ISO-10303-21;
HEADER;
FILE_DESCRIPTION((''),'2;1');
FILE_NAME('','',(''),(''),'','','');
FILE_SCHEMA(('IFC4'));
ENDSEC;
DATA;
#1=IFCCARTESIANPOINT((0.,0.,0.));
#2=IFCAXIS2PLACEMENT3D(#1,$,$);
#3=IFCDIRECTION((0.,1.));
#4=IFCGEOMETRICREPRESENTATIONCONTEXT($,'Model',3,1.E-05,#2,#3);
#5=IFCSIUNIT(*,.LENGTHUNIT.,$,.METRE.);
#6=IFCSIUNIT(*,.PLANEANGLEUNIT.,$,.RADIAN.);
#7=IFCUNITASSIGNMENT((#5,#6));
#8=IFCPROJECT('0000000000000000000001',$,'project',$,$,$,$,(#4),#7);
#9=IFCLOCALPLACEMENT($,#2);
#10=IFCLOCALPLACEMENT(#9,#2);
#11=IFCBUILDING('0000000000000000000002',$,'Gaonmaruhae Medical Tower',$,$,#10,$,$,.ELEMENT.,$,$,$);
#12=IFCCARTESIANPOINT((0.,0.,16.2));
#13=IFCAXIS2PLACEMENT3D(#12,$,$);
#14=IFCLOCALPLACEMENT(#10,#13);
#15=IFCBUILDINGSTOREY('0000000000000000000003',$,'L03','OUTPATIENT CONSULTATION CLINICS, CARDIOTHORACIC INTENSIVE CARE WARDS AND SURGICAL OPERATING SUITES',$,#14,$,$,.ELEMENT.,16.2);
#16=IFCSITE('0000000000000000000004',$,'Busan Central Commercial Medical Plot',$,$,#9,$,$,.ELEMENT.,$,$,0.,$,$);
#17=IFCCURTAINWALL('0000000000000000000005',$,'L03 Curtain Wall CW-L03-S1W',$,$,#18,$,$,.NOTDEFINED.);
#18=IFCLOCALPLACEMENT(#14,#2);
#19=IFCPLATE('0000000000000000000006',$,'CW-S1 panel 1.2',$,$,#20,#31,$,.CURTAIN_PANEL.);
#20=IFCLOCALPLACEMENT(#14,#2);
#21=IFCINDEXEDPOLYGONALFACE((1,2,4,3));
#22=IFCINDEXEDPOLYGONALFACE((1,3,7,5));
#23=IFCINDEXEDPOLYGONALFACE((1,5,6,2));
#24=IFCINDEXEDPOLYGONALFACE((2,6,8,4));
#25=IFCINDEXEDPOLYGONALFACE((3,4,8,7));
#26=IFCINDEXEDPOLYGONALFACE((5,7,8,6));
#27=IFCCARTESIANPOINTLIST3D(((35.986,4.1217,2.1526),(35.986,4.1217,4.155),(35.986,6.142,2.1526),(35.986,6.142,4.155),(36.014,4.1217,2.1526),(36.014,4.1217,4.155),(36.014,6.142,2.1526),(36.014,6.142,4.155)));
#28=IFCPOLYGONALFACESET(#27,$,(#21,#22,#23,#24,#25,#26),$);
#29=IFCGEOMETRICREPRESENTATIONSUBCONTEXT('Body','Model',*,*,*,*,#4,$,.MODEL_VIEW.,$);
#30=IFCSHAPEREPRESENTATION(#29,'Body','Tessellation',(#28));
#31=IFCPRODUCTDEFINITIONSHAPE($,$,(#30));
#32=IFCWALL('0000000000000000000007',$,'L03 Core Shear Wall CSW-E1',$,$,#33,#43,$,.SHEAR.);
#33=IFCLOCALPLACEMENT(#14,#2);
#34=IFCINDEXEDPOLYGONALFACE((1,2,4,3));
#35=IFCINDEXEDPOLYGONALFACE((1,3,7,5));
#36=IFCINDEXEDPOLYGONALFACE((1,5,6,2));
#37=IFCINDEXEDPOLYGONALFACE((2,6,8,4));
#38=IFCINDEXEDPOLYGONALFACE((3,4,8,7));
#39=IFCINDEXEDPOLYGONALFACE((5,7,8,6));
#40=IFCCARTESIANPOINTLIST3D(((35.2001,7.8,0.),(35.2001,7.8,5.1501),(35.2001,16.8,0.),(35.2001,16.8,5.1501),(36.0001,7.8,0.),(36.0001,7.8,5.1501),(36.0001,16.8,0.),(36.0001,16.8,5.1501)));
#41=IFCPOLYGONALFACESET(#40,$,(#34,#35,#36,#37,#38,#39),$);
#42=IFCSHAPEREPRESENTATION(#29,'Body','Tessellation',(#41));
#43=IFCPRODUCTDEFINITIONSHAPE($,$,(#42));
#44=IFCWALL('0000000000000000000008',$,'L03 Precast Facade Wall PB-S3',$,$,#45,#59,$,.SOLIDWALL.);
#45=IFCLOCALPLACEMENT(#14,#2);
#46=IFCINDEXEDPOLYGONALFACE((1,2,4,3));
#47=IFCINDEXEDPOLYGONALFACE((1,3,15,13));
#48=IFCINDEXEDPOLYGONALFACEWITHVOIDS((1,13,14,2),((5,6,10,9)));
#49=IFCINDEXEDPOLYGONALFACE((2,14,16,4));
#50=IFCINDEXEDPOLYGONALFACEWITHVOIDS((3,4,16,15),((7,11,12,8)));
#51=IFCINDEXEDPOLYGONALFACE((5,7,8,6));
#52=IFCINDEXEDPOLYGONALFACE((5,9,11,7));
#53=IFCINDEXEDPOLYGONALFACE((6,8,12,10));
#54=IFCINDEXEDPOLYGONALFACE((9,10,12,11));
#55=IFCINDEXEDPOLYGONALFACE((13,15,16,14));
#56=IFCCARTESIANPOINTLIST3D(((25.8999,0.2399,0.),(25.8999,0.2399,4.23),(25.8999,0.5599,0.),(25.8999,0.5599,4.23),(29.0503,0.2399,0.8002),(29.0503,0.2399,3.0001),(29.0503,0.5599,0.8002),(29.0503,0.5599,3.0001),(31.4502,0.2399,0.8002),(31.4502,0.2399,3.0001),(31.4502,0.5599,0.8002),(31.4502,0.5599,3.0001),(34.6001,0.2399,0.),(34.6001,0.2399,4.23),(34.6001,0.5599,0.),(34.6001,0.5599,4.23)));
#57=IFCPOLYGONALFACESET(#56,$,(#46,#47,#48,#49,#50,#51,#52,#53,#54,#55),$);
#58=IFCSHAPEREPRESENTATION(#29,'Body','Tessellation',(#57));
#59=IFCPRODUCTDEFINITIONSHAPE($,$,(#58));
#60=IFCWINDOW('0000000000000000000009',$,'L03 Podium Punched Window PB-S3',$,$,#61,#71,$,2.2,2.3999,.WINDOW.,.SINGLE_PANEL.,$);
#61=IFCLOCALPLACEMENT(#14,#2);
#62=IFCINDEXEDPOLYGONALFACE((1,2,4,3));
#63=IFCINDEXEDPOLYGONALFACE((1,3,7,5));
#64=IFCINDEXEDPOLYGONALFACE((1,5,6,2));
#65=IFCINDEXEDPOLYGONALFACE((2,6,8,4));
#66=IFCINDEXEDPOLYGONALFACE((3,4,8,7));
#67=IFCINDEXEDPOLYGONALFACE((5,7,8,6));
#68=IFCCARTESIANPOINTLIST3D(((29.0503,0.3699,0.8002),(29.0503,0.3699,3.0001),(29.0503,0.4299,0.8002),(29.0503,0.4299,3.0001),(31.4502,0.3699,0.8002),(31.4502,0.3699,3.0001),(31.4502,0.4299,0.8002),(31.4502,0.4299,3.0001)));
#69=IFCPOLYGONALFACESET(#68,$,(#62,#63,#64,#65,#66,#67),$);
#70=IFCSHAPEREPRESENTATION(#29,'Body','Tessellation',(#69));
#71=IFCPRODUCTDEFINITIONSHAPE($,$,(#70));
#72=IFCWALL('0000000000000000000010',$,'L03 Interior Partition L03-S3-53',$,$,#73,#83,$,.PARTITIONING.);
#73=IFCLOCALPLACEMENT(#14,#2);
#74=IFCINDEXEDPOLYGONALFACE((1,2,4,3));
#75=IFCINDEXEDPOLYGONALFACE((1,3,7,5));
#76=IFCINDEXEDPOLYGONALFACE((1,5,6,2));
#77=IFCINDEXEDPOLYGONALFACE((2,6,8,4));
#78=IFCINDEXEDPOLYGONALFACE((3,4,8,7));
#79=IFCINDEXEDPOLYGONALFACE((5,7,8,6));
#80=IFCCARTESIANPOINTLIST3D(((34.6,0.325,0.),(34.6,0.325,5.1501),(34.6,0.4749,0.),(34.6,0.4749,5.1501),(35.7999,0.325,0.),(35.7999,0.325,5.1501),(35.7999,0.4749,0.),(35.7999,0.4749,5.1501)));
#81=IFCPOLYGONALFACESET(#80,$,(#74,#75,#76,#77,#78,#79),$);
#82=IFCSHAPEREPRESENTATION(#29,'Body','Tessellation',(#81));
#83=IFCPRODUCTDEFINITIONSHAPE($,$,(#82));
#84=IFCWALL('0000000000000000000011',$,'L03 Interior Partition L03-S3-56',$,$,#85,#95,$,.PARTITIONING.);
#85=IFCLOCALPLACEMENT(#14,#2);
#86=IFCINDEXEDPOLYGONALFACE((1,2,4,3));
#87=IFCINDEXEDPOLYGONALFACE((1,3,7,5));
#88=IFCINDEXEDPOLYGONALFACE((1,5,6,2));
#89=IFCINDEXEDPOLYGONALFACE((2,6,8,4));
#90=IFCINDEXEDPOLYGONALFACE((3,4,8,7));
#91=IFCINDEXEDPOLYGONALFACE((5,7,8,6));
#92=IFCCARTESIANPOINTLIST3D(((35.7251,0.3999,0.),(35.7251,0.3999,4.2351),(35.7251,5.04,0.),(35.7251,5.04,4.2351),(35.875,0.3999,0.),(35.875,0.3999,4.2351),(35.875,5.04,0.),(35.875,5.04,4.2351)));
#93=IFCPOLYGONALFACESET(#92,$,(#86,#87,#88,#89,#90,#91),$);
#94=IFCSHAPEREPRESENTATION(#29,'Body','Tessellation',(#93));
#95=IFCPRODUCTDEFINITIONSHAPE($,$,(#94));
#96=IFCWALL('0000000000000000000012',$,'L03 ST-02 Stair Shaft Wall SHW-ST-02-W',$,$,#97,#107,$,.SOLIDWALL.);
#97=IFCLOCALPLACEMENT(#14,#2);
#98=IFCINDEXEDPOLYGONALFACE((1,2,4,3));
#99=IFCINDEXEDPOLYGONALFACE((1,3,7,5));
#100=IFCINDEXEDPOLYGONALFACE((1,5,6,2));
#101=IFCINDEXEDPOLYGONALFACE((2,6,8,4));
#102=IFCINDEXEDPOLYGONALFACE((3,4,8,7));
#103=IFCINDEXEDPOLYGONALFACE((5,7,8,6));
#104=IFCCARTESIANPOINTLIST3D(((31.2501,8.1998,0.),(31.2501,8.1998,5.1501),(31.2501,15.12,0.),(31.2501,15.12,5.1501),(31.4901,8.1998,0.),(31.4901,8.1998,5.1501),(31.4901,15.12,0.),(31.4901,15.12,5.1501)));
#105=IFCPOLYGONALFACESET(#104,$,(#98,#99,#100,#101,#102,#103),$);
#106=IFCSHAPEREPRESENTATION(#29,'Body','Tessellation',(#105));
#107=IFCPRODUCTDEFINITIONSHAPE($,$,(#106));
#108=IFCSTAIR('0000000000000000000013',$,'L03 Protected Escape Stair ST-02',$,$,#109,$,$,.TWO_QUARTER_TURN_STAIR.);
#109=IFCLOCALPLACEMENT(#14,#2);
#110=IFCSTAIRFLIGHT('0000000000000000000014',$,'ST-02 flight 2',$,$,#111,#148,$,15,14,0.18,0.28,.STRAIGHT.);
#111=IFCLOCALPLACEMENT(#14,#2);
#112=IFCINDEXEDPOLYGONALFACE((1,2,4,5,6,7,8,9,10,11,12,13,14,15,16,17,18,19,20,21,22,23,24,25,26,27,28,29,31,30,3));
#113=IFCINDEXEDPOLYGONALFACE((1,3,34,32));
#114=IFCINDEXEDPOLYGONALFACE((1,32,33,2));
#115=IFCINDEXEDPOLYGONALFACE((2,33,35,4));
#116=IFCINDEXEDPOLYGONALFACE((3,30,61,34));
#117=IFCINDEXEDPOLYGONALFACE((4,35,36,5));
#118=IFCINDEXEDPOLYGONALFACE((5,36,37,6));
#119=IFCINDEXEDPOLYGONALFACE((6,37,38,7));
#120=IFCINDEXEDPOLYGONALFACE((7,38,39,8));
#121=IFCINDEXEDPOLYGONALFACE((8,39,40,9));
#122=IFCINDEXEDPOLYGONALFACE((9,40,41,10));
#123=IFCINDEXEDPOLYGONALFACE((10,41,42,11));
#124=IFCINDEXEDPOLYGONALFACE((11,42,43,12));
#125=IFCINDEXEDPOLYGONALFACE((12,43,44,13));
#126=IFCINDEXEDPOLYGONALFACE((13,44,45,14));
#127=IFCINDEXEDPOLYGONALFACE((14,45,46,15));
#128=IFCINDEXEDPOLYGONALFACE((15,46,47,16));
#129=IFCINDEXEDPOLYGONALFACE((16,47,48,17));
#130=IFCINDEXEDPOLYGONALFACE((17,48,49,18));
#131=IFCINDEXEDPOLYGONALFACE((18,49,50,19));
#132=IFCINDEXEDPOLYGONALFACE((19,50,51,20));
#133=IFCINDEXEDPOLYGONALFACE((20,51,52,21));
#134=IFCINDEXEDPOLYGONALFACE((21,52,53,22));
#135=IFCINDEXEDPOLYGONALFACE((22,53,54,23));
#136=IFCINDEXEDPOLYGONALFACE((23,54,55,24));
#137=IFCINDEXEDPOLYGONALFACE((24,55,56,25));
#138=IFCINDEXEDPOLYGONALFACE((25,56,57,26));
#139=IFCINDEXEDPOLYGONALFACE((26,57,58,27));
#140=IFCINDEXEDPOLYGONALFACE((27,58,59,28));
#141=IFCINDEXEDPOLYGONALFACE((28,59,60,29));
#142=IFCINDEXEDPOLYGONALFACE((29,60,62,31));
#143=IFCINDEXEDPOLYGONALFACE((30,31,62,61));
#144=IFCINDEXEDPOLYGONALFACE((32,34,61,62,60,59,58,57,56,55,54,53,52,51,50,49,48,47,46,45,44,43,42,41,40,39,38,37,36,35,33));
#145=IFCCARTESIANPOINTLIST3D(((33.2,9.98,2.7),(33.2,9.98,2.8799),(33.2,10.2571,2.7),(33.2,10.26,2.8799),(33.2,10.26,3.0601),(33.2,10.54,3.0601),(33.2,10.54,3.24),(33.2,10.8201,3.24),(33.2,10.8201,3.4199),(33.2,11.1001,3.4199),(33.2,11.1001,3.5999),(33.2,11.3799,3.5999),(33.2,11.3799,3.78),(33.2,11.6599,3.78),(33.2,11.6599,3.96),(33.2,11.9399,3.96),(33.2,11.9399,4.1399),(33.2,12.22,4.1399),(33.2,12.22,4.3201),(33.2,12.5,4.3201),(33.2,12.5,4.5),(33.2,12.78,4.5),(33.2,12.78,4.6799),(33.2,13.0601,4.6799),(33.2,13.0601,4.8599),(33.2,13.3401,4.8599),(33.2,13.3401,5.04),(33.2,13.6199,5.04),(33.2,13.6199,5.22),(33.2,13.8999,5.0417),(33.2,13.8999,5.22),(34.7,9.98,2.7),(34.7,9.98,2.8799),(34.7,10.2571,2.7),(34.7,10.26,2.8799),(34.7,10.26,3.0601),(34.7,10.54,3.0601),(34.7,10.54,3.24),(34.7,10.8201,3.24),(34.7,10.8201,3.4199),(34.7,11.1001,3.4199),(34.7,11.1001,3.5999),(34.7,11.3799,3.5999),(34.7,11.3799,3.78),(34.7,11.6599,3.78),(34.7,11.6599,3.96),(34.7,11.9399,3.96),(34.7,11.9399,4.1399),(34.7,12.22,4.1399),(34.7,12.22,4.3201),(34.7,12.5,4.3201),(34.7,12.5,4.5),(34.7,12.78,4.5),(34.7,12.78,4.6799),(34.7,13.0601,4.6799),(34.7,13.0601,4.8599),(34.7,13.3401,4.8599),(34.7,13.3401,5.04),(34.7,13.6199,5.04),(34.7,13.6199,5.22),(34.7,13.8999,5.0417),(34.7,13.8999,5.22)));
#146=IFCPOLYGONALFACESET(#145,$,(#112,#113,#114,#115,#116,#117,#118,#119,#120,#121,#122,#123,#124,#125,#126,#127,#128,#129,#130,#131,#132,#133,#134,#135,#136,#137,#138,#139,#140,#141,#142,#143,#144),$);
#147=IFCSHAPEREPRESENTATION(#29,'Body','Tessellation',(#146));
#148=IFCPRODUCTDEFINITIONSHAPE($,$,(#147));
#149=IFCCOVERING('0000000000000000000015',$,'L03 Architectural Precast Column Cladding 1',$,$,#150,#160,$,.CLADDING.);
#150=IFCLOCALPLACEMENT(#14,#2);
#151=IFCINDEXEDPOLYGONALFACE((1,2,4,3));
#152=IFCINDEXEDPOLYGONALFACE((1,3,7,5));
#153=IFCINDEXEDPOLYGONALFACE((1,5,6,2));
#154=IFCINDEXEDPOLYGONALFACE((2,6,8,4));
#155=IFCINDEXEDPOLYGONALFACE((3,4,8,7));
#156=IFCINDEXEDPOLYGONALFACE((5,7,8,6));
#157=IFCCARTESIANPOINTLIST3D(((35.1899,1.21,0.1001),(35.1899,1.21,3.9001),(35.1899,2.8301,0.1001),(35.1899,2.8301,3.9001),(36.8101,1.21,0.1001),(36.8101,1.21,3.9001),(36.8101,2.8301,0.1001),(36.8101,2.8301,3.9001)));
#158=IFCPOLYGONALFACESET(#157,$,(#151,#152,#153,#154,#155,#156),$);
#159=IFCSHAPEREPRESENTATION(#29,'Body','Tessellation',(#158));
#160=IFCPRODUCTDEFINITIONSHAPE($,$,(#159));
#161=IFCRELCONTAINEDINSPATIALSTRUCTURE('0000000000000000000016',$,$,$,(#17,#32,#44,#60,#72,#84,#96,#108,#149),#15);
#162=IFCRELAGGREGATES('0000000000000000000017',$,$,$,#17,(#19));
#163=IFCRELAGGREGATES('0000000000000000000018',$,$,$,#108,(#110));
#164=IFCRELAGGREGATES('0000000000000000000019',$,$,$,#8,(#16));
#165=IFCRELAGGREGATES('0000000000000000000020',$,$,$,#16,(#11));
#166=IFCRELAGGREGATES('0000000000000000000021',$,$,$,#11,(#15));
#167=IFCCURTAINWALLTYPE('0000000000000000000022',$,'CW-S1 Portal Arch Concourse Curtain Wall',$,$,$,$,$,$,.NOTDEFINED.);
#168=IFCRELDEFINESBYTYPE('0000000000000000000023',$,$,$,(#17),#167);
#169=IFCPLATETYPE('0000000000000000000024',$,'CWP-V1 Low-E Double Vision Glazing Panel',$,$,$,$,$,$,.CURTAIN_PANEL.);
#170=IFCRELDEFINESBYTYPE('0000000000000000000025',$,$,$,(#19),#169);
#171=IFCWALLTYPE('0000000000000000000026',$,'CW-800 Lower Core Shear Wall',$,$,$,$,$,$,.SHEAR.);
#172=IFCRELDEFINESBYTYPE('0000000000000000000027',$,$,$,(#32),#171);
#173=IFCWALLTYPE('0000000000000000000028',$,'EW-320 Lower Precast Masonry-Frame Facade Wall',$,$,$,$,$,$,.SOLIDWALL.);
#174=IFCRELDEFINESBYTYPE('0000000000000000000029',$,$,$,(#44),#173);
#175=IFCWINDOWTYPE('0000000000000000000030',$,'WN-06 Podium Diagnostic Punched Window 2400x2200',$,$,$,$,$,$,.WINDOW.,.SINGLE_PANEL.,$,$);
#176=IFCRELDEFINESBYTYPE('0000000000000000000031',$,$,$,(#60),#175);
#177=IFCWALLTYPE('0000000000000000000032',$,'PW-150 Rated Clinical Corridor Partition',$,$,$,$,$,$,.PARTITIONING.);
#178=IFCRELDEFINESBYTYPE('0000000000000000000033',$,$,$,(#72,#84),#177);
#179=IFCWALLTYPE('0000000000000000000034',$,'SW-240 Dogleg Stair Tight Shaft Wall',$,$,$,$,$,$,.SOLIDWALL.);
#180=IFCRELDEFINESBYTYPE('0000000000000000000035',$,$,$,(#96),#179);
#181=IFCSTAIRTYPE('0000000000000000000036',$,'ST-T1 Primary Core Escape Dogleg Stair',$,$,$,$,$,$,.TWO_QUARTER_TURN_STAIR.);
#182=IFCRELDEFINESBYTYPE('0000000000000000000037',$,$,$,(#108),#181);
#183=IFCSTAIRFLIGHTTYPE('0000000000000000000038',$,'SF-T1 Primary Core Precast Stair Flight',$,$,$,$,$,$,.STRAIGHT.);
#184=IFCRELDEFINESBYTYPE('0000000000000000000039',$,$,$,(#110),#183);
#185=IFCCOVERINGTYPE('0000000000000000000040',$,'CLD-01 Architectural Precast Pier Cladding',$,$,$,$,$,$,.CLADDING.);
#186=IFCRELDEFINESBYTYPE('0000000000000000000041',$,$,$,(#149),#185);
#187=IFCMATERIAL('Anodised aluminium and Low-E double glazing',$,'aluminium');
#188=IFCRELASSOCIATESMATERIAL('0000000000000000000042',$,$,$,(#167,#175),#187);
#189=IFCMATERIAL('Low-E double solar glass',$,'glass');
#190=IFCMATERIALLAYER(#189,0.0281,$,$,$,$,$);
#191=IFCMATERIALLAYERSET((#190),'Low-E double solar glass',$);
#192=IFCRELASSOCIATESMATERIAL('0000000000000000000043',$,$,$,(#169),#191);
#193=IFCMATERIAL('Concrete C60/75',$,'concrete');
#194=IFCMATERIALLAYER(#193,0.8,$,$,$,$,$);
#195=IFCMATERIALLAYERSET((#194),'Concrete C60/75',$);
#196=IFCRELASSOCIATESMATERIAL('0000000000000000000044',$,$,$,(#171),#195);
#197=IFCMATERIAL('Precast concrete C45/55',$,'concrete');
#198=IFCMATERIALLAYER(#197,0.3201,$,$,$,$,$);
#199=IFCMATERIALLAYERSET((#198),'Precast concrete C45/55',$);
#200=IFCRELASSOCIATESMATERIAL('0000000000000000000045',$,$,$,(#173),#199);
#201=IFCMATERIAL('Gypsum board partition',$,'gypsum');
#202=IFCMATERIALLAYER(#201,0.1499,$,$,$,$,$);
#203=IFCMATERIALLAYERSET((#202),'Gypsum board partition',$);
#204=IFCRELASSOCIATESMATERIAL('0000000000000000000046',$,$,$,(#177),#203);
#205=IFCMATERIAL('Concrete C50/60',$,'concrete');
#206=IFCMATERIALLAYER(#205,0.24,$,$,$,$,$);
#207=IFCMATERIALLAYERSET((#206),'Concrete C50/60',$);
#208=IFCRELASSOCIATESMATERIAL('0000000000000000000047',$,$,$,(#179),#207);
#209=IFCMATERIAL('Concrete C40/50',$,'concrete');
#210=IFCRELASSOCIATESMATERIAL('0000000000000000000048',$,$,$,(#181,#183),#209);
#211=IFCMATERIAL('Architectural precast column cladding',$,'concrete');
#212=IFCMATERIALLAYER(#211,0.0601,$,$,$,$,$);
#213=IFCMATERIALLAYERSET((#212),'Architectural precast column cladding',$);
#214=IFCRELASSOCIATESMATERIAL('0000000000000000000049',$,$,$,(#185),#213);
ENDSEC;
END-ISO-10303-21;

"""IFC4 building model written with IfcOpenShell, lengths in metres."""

from ifc_helpers import new_model, si_unit, direction, frame, frame_2d, origin, origin_2d, place, context, subcontext, project, spatial, polyline, rectangle, outline, extrude, material, layer, layer_set, type_object, element, fill, aggregate, save


model = new_model("IFC4")

# Units and contexts
model_context = context("Model", 3, precision=1e-05, world=origin(), true_north=direction((0.0, 1.0)))
body_context = subcontext(model_context, "Body", "Model", "MODEL_VIEW")
ifc_project = project(units=[si_unit("LENGTHUNIT", "METRE"), si_unit("PLANEANGLEUNIT", "RADIAN")], contexts=[model_context])

# Site, building, storey
site_placement = place(None, origin())
site = spatial("IfcSite", under=ifc_project, at=site_placement, Name="Busan Central Commercial Medical Plot", CompositionType="ELEMENT", RefElevation=0.0)
building_placement = place(site_placement, origin())
building = spatial("IfcBuilding", under=site, at=building_placement, Name="Gaonmaruhae Medical Tower", CompositionType="ELEMENT")
storey_placement = place(building_placement, frame((0.0, 0.0, 16.2)))
storey = spatial("IfcBuildingStorey", under=building, at=storey_placement, Name="L03", Description="OUTPATIENT CONSULTATION CLINICS, CARDIOTHORACIC INTENSIVE CARE WARDS AND SURGICAL OPERATING SUITES", CompositionType="ELEMENT", Elevation=16.2)

# Shared definitions
ifc_material_1 = material(Name="Concrete C60/75", Category="concrete")
ifc_material_2 = material(Name="Concrete C50/60", Category="concrete")

# Curtain wall
ifc_material_3 = material(Name="Anodised aluminium and Low-E double glazing", Category="aluminium")
curtain_wall_type = type_object("IfcCurtainWallType", Name="CW-S1 Portal Arch Concourse Curtain Wall", PredefinedType="NOTDEFINED", material=ifc_material_3)
curtain_wall_placement = place(storey_placement, origin())
curtain_wall = element("IfcCurtainWall", 1, at=curtain_wall_placement, inside=storey, type_object=curtain_wall_type, Name="L03 Curtain Wall CW-L03-S1W", PredefinedType="NOTDEFINED")

# Plate
ifc_material_4 = material(Name="Low-E double solar glass", Category="glass")
ifc_layer_1 = layer(ifc_material_4, 0.0281)
ifc_layer_set_1 = layer_set([ifc_layer_1], Name="Low-E double solar glass")
plate_type = type_object("IfcPlateType", Name="CWP-V1 Low-E Double Vision Glazing Panel", PredefinedType="CURTAIN_PANEL", material=ifc_layer_set_1)
plate_1_placement = place(storey_placement, frame((36.0, 5.1318, 2.1526), z_axis=(0.0, 0.0, 1.0), x_axis=(0.0, 1.0, 0.0)))
plate_1 = element("IfcPlate", 2, at=plate_1_placement, type_object=plate_type, Name="CW-S1 panel 1.2", PredefinedType="CURTAIN_PANEL", context=body_context, shape_type="SweptSolid", body=[
    extrude(rectangle(XDim=2.0203, YDim=0.0281, at=origin_2d()), origin(), (0.0, 0.0, 1.0), 2.0024),
])
aggregate(curtain_wall, [plate_1])

# Wall
ifc_layer_2 = layer(ifc_material_1, 0.8)
ifc_layer_set_2 = layer_set([ifc_layer_2], Name="Concrete C60/75")
wall_type_1 = type_object("IfcWallType", Name="CW-800 Lower Core Shear Wall", PredefinedType="SHEAR", material=ifc_layer_set_2)
wall_1_placement = place(storey_placement, frame((35.6001, 7.8, 0.0), z_axis=(0.0, 0.0, 1.0), x_axis=(0.0, 1.0, 0.0)))
element("IfcWall", 3, at=wall_1_placement, inside=storey, type_object=wall_type_1, Name="L03 Core Shear Wall CSW-E1", PredefinedType="SHEAR", context=body_context, shape_type="SweptSolid", body=[
    extrude(rectangle(XDim=9.0, YDim=0.8, at=frame_2d((4.5, 0.0))), origin(), (0.0, 0.0, 1.0), 5.1501),
])

# Wall, opening, window
ifc_material_5 = material(Name="Precast concrete C45/55", Category="concrete")
ifc_layer_3 = layer(ifc_material_5, 0.3201)
ifc_layer_set_3 = layer_set([ifc_layer_3], Name="Precast concrete C45/55")
wall_type_2 = type_object("IfcWallType", Name="EW-320 Lower Precast Masonry-Frame Facade Wall", PredefinedType="SOLIDWALL", material=ifc_layer_set_3)
wall_2_placement = place(storey_placement, frame((34.6001, 0.3999, 0.0), z_axis=(0.0, 0.0, 1.0), x_axis=(-1.0, 0.0, 0.0)))
wall_2 = element("IfcWall", 4, at=wall_2_placement, inside=storey, type_object=wall_type_2, Name="L03 Precast Facade Wall PB-S3", PredefinedType="SOLIDWALL", context=body_context, shape_type="SweptSolid", body=[
    extrude(rectangle(XDim=8.7002, YDim=0.3201, at=frame_2d((4.3501, 0.0))), origin(), (0.0, 0.0, 1.0), 4.23),
])
opening_placement = place(wall_2_placement, frame((3.1499, 0.0, 0.8)))
opening = element("IfcOpeningElement", 5, at=opening_placement, cuts=wall_2, PredefinedType="OPENING", context=body_context, shape_type="SweptSolid", body=[
    extrude(rectangle(XDim=2.3999, YDim=2.2, at=frame_2d((1.2, 1.1001))), frame((0.0, 0.1699, 0.0), z_axis=(0.0, -1.0, 0.0), x_axis=(1.0, 0.0, 0.0)), (0.0, 0.0, 1.0), 0.3401),
])
window_type = type_object("IfcWindowType", Name="WN-06 Podium Diagnostic Punched Window 2400x2200", PartitioningType="SINGLE_PANEL", PredefinedType="WINDOW", material=ifc_material_3)
window_placement = place(opening_placement, origin())
window = element("IfcWindow", 6, at=window_placement, inside=storey, type_object=window_type, Name="L03 Podium Punched Window PB-S3", OverallHeight=2.2, OverallWidth=2.3999, PartitioningType="SINGLE_PANEL", PredefinedType="WINDOW", context=body_context, shape_type="SweptSolid", body=[
    extrude(rectangle(XDim=2.3999, YDim=2.2, at=frame_2d((1.2, 1.1001))), frame((0.0, 0.03, 0.0), z_axis=(0.0, -1.0, 0.0), x_axis=(1.0, 0.0, 0.0)), (0.0, 0.0, 1.0), 0.0601),
])
fill(opening, window)

# Walls
ifc_material_6 = material(Name="Gypsum board partition", Category="gypsum")
ifc_layer_4 = layer(ifc_material_6, 0.1499)
ifc_layer_set_4 = layer_set([ifc_layer_4], Name="Gypsum board partition")
wall_type_3 = type_object("IfcWallType", Name="PW-150 Rated Clinical Corridor Partition", PredefinedType="PARTITIONING", material=ifc_layer_set_4)
wall_3_placement = place(storey_placement, frame((35.8, 0.3999, 0.0), z_axis=(0.0, 0.0, 1.0), x_axis=(-1.0, 0.0, 0.0)))
element("IfcWall", 7, at=wall_3_placement, inside=storey, type_object=wall_type_3, Name="L03 Interior Partition L03-S3-53", PredefinedType="PARTITIONING", context=body_context, shape_type="SweptSolid", body=[
    extrude(rectangle(XDim=1.2, YDim=0.1499, at=frame_2d((0.6001, 0.0))), origin(), (0.0, 0.0, 1.0), 5.1501),
])
wall_4_placement = place(storey_placement, frame((35.8, 5.04, 0.0), z_axis=(0.0, 0.0, 1.0), x_axis=(0.0, -1.0, 0.0)))
element("IfcWall", 8, at=wall_4_placement, inside=storey, type_object=wall_type_3, Name="L03 Interior Partition L03-S3-56", PredefinedType="PARTITIONING", context=body_context, shape_type="SweptSolid", body=[
    extrude(rectangle(XDim=4.6401, YDim=0.1499, at=frame_2d((2.3201, 0.0))), origin(), (0.0, 0.0, 1.0), 4.2351),
])
ifc_layer_5 = layer(ifc_material_2, 0.24)
ifc_layer_set_5 = layer_set([ifc_layer_5], Name="Concrete C50/60")
wall_type_4 = type_object("IfcWallType", Name="SW-240 Dogleg Stair Tight Shaft Wall", PredefinedType="SOLIDWALL", material=ifc_layer_set_5)
wall_5_placement = place(storey_placement, frame((31.3701, 8.2, 0.0), z_axis=(0.0, 0.0, 1.0), x_axis=(0.0, 1.0, 0.0)))
element("IfcWall", 9, at=wall_5_placement, inside=storey, type_object=wall_type_4, Name="L03 ST-02 Stair Shaft Wall SHW-ST-02-W", PredefinedType="SOLIDWALL", context=body_context, shape_type="SweptSolid", body=[
    extrude(rectangle(XDim=6.9202, YDim=0.24, at=frame_2d((3.46, 0.0))), origin(), (0.0, 0.0, 1.0), 5.1501),
])

# Stair, stair flight
ifc_material_7 = material(Name="Concrete C40/50", Category="concrete")
stair_type = type_object("IfcStairType", Name="ST-T1 Primary Core Escape Dogleg Stair", PredefinedType="TWO_QUARTER_TURN_STAIR", material=ifc_material_7)
stair_placement = place(storey_placement, origin())
stair = element("IfcStair", 10, at=stair_placement, inside=storey, type_object=stair_type, Name="L03 Protected Escape Stair ST-02", PredefinedType="TWO_QUARTER_TURN_STAIR")
stair_flight_type = type_object("IfcStairFlightType", Name="SF-T1 Primary Core Precast Stair Flight", PredefinedType="STRAIGHT", material=ifc_material_7)
stair_flight_placement = place(storey_placement, frame((33.95, 9.98, 2.7), z_axis=(0.0, 0.0, 1.0), x_axis=(0.0, 1.0, 0.0)))
stair_flight = element("IfcStairFlight", 11, at=stair_flight_placement, type_object=stair_flight_type, Name="ST-02 flight 2", NumberOfRisers=15, NumberOfTreads=14, PredefinedType="STRAIGHT", RiserHeight=0.18, TreadLength=0.28, context=body_context, shape_type="SweptSolid", body=[
    extrude(outline(polyline([(0.0, 0.0), (0.0, 0.1799), (0.28, 0.1799), (0.28, 0.3601), (0.5601, 0.3601), (0.5601, 0.54), (0.8401, 0.54), (0.8401, 0.72), (1.1201, 0.72), (1.1201, 0.8999), (1.3999, 0.8999), (1.3999, 1.0801), (1.6799, 1.0801), (1.6799, 1.26), (1.96, 1.26), (1.96, 1.4399), (2.24, 1.4399), (2.24, 1.6201), (2.52, 1.6201), (2.52, 1.8), (2.8, 1.8), (2.8, 1.98), (3.0801, 1.98), (3.0801, 2.1599), (3.3601, 2.1599), (3.3601, 2.3401), (3.6399, 2.3401), (3.6399, 2.52), (3.9199, 2.52), (3.9199, 2.7), (3.9199, 2.3418), (0.2771, 0.0), (0.0, 0.0)])), frame((0.0, 0.75, 0.0), z_axis=(0.0, -1.0, 0.0), x_axis=(1.0, 0.0, 0.0)), (0.0, 0.0, 1.0), 1.5),
])
aggregate(stair, [stair_flight])

# Covering
ifc_material_8 = material(Name="Architectural precast column cladding", Category="concrete")
ifc_layer_6 = layer(ifc_material_8, 0.0601)
ifc_layer_set_6 = layer_set([ifc_layer_6], Name="Architectural precast column cladding")
covering_type = type_object("IfcCoveringType", Name="CLD-01 Architectural Precast Pier Cladding", PredefinedType="CLADDING", material=ifc_layer_set_6)
covering_placement = place(storey_placement, frame((36.0, 2.02, 0.1001), z_axis=(0.0, 0.0, 1.0), x_axis=(1.0, 0.0, 0.0)))
element("IfcCovering", 12, at=covering_placement, inside=storey, type_object=covering_type, Name="L03 Architectural Precast Column Cladding 1", PredefinedType="CLADDING", context=body_context, shape_type="SweptSolid", body=[
    extrude(rectangle(XDim=1.6201, YDim=1.6201, at=origin_2d()), origin(), (0.0, 0.0, 1.0), 3.8),
])

save(model, "model.ifc")
